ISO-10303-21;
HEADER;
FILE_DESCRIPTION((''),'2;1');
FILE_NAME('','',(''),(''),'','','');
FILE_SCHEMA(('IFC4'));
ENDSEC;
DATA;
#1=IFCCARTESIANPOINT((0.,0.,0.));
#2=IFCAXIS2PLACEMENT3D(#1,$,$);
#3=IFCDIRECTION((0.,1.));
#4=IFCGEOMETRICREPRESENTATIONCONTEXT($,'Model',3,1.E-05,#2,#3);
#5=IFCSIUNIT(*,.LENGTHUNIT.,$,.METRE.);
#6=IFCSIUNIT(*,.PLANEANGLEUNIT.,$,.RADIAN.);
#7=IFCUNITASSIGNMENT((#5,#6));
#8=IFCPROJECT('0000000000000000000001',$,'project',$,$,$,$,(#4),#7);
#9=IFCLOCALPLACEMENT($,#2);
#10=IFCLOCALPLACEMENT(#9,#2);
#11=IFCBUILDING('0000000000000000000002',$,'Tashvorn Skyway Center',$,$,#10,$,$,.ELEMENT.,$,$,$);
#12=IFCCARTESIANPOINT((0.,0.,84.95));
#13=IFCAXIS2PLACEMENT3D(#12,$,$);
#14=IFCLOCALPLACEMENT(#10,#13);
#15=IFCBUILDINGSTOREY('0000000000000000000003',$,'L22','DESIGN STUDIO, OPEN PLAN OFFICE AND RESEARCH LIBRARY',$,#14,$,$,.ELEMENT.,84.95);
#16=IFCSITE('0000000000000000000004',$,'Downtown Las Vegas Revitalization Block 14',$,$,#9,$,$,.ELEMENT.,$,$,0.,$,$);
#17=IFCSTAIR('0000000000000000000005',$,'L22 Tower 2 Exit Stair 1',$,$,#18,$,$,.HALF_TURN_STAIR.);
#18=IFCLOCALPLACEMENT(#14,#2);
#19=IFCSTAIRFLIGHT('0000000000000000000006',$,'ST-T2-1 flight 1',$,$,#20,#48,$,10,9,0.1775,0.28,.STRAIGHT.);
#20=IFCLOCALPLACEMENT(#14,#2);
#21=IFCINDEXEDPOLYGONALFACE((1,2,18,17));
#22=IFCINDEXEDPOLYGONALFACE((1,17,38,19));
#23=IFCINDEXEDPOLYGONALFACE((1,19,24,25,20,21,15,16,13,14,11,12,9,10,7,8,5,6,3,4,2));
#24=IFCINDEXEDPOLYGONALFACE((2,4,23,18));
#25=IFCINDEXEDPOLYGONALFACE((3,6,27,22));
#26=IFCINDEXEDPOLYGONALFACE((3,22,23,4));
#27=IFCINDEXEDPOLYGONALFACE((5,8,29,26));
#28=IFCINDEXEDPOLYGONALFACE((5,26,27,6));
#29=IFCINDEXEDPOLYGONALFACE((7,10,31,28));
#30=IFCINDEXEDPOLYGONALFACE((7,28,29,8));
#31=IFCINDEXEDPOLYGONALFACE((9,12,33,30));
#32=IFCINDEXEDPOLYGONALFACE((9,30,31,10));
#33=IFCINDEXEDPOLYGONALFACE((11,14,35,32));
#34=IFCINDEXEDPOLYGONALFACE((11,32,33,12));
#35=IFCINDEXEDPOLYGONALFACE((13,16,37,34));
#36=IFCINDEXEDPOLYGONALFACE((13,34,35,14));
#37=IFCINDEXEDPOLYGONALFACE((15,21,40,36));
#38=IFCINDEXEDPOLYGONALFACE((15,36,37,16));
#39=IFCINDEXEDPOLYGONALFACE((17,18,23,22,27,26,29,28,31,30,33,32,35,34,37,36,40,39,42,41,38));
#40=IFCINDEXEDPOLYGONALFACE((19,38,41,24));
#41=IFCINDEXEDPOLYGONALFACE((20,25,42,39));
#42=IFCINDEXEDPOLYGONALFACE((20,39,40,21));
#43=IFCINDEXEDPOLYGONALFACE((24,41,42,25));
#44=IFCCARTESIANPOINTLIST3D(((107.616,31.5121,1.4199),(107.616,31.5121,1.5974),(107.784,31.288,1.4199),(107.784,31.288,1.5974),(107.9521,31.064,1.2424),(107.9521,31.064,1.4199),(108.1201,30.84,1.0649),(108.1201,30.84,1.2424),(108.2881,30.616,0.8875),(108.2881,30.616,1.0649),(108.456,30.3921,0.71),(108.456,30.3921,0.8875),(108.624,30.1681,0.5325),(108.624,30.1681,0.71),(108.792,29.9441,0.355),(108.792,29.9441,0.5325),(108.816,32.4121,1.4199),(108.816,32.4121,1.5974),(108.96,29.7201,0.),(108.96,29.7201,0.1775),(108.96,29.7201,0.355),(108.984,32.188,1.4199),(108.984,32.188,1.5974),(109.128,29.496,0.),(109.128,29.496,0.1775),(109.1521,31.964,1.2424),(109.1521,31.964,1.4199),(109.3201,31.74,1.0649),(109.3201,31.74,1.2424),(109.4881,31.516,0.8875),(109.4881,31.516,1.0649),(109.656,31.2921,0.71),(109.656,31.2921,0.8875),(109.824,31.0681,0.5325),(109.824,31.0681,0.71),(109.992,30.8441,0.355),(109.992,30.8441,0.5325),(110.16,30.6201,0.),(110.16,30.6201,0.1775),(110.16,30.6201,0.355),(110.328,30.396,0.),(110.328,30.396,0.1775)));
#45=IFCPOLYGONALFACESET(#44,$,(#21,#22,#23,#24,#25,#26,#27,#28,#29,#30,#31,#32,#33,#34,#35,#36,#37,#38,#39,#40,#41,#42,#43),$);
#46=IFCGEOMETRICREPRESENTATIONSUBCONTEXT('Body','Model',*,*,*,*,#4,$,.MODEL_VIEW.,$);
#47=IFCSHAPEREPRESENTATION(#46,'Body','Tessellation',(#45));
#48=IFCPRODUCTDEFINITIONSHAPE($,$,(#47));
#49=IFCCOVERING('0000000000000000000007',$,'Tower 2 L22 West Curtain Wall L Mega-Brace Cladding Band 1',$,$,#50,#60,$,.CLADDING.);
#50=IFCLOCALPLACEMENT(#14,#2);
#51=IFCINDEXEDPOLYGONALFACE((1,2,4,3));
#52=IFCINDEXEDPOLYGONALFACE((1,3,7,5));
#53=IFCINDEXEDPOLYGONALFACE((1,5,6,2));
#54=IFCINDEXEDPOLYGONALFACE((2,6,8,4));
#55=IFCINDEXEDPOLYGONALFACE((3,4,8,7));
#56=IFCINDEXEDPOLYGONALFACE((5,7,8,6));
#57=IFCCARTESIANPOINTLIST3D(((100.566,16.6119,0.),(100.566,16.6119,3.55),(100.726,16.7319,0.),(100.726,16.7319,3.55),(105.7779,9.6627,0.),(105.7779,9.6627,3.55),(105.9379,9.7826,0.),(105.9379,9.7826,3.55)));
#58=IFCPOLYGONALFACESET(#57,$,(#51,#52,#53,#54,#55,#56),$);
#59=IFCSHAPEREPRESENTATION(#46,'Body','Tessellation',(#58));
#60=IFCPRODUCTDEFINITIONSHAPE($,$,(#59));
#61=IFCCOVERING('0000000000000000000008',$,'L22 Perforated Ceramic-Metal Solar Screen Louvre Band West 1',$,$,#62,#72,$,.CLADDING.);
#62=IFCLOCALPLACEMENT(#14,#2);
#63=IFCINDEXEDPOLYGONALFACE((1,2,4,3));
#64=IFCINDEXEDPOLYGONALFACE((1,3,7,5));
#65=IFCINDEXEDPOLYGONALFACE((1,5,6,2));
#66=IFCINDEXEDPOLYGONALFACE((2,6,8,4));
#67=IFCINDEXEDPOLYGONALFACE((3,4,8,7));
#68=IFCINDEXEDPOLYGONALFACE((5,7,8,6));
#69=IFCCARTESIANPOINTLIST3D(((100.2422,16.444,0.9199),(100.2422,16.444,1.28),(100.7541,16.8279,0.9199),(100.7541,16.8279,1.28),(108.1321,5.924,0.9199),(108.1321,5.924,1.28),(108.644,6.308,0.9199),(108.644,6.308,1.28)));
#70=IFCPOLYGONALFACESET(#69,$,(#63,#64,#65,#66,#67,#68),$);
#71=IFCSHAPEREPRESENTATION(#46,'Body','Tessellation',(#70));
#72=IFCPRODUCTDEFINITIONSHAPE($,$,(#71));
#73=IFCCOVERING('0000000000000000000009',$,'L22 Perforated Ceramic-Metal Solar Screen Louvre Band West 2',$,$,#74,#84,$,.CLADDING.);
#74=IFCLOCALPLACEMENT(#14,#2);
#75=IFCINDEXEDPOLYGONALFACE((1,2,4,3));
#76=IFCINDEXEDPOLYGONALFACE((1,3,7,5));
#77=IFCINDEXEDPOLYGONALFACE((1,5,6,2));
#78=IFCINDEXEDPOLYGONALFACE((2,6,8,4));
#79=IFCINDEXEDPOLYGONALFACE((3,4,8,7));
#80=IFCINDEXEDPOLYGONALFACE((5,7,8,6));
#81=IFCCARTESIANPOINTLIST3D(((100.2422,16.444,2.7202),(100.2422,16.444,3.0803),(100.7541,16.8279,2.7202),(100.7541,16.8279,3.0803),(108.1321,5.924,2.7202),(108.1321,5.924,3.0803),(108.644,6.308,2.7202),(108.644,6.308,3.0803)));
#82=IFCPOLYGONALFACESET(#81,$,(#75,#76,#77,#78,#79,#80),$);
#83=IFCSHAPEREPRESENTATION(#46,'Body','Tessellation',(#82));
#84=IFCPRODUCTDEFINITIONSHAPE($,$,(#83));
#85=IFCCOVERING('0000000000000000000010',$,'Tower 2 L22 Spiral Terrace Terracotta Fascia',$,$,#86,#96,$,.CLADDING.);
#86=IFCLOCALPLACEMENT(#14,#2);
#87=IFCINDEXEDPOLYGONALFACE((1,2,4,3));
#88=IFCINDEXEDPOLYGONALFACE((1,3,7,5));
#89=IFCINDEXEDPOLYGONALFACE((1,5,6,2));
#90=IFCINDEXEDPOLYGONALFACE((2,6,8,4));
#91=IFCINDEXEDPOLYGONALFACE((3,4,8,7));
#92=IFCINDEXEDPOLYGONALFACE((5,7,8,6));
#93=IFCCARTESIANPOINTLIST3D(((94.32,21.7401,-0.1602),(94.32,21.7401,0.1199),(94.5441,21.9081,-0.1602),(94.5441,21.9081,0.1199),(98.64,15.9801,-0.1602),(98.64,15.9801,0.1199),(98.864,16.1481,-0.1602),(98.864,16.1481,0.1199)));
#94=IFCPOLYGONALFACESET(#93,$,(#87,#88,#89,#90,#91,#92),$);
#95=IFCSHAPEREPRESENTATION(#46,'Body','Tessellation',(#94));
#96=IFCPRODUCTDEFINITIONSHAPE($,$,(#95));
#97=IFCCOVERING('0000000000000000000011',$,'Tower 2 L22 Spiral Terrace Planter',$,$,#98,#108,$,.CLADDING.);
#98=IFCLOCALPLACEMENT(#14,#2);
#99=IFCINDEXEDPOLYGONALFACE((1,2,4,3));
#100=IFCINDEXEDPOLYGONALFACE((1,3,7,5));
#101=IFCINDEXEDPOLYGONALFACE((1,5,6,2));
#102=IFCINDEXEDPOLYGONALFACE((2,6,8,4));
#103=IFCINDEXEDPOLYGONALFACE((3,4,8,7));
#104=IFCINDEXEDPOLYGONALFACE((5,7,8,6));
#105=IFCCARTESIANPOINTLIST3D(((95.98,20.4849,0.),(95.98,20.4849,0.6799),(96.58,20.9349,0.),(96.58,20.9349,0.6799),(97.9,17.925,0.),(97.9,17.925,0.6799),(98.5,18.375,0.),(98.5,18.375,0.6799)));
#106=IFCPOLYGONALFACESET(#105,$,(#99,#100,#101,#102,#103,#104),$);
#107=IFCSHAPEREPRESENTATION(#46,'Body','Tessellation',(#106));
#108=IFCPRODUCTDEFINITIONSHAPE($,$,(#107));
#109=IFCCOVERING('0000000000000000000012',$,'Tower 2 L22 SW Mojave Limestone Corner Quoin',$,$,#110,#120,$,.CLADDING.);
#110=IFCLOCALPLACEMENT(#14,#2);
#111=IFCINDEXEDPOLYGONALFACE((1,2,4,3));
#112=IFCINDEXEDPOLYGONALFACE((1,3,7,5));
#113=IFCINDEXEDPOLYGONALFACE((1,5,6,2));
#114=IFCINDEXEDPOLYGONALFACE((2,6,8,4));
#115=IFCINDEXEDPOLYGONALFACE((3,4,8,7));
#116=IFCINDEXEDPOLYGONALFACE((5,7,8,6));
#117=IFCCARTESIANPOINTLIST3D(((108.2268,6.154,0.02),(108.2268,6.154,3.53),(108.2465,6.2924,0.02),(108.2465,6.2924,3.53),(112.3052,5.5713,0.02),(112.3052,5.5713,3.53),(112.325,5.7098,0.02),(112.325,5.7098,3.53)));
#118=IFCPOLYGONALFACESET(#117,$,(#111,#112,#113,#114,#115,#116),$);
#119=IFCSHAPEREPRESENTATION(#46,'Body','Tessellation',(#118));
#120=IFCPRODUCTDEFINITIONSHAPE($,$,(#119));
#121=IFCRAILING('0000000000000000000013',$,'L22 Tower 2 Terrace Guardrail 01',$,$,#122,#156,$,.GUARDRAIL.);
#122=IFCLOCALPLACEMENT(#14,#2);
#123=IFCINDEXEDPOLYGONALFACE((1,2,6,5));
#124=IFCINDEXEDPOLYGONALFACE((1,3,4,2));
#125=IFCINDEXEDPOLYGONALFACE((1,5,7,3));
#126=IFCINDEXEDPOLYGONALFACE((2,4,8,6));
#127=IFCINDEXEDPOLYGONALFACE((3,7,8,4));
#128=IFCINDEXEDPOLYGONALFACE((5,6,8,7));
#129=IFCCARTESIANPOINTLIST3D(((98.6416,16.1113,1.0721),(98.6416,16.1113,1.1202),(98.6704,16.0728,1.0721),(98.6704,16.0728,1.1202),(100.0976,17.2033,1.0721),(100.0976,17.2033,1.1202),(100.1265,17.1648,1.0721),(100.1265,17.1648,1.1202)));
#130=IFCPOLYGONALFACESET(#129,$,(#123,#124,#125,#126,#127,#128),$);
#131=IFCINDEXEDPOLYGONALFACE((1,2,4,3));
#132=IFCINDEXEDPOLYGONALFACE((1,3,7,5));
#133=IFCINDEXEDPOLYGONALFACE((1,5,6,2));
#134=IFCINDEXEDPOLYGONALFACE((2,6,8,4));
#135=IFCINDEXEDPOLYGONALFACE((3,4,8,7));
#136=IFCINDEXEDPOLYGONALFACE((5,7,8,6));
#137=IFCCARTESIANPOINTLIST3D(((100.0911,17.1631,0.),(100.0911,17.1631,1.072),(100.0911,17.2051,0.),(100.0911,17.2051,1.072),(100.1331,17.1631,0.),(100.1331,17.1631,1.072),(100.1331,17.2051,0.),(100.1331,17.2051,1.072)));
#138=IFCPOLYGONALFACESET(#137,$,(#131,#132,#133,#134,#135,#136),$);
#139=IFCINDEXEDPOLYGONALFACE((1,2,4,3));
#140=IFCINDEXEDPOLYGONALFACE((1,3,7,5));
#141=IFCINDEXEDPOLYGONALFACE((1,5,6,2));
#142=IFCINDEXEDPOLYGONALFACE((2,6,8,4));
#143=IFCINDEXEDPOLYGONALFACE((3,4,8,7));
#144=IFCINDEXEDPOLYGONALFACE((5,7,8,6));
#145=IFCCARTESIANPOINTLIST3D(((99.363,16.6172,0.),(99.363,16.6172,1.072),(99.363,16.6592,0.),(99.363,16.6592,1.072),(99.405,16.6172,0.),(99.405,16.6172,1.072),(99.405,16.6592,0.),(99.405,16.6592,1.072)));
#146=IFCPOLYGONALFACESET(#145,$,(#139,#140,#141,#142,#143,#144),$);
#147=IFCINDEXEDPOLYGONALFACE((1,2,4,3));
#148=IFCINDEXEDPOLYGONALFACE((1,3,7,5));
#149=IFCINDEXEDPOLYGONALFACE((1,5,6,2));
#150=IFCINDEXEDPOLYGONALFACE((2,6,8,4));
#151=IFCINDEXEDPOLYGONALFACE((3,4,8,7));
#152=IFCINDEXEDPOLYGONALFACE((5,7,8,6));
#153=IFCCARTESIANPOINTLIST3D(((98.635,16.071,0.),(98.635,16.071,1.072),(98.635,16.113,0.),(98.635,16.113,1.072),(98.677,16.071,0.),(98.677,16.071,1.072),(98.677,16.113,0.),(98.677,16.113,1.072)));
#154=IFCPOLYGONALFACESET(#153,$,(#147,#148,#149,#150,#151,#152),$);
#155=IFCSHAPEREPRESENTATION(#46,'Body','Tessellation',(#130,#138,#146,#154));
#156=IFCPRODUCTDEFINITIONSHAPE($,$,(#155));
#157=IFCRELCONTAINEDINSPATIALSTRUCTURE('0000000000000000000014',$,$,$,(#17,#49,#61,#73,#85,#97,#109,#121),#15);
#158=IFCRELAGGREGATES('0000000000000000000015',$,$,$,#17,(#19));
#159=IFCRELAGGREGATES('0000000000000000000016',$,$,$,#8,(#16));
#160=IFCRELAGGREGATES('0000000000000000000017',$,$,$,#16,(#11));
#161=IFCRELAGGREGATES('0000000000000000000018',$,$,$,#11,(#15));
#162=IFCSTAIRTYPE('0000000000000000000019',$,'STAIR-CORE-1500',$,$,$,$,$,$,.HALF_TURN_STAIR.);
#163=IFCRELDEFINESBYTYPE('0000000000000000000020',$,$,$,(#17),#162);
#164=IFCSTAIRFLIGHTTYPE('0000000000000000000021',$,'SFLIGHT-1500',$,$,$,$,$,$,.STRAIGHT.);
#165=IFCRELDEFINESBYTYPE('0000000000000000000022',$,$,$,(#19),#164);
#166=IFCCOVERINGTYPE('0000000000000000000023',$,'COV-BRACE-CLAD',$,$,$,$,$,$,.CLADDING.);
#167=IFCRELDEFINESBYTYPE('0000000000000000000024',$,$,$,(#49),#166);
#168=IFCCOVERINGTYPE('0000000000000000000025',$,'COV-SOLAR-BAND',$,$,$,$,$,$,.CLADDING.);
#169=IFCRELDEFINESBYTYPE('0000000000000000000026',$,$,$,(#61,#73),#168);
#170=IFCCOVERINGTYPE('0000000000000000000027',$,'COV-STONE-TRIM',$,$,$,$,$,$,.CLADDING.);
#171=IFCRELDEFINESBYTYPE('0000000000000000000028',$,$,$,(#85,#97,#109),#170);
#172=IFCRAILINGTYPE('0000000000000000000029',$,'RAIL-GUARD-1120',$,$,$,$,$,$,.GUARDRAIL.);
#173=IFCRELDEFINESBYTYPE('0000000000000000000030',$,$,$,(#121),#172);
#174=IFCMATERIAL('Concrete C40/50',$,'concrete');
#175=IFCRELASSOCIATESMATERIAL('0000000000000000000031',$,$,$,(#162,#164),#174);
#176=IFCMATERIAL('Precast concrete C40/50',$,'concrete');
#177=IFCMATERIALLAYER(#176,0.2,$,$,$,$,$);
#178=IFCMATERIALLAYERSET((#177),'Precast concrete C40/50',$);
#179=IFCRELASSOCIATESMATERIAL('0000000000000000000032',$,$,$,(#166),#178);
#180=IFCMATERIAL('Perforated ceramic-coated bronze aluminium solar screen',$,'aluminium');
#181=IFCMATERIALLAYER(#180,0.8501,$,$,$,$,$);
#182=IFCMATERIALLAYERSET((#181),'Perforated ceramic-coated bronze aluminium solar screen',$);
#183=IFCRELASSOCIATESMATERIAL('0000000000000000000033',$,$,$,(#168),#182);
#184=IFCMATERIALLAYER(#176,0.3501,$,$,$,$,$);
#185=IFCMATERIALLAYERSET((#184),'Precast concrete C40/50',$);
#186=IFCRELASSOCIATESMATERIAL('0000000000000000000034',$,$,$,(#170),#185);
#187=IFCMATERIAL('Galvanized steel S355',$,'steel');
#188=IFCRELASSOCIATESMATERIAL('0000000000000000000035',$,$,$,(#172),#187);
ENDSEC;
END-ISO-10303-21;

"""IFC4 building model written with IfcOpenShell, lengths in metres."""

from ifc_helpers import new_model, si_unit, direction, frame, origin, origin_2d, place, context, subcontext, project, spatial, polyline, rectangle, outline, extrude, material, layer, layer_set, type_object, element, aggregate, save


model = new_model("IFC4")

# Units and contexts
model_context = context("Model", 3, precision=1e-05, world=origin(), true_north=direction((0.0, 1.0)))
body_context = subcontext(model_context, "Body", "Model", "MODEL_VIEW")
ifc_project = project(units=[si_unit("LENGTHUNIT", "METRE"), si_unit("PLANEANGLEUNIT", "RADIAN")], contexts=[model_context])

# Site, building, storey
site_placement = place(None, origin())
site = spatial("IfcSite", under=ifc_project, at=site_placement, Name="Downtown Las Vegas Revitalization Block 14", CompositionType="ELEMENT", RefElevation=0.0)
building_placement = place(site_placement, origin())
building = spatial("IfcBuilding", under=site, at=building_placement, Name="Tashvorn Skyway Center", CompositionType="ELEMENT")
storey_placement = place(building_placement, frame((0.0, 0.0, 84.95)))
storey = spatial("IfcBuildingStorey", under=building, at=storey_placement, Name="L22", Description="DESIGN STUDIO, OPEN PLAN OFFICE AND RESEARCH LIBRARY", CompositionType="ELEMENT", Elevation=84.95)

# Shared definitions
ifc_material_1 = material(Name="Precast concrete C40/50", Category="concrete")

# Shared definitions
ifc_material_2 = material(Name="Concrete C40/50", Category="concrete")

# Stair, stair flight
stair_type = type_object("IfcStairType", Name="STAIR-CORE-1500", PredefinedType="HALF_TURN_STAIR", material=ifc_material_2)
stair_placement = place(storey_placement, origin())
stair = element("IfcStair", 1, at=stair_placement, inside=storey, type_object=stair_type, Name="L22 Tower 2 Exit Stair 1", PredefinedType="HALF_TURN_STAIR")
stair_flight_type = type_object("IfcStairFlightType", Name="SFLIGHT-1500", PredefinedType="STRAIGHT", material=ifc_material_2)
stair_flight_placement = place(storey_placement, frame((109.728, 29.946, 0.0), z_axis=(0.0, 0.0, 1.0), x_axis=(-0.6, 0.8, 0.0)))
stair_flight = element("IfcStairFlight", 2, at=stair_flight_placement, type_object=stair_flight_type, Name="ST-T2-1 flight 1", NumberOfRisers=10, NumberOfTreads=9, PredefinedType="STRAIGHT", RiserHeight=0.1775, TreadLength=0.28, context=body_context, shape_type="SweptSolid", body=[
    extrude(outline(polyline([(0.0, 0.0), (0.0, 0.1775), (0.28, 0.1775), (0.28, 0.355), (0.5601, 0.355), (0.5601, 0.5325), (0.8401, 0.5325), (0.8401, 0.71), (1.1201, 0.71), (1.1201, 0.8875), (1.3999, 0.8875), (1.3999, 1.0649), (1.6799, 1.0649), (1.6799, 1.2424), (1.96, 1.2424), (1.96, 1.4199), (2.24, 1.4199), (2.24, 1.5974), (2.52, 1.5974), (2.52, 1.7749), (2.52, 1.4199), (0.28, 0.0), (0.0, 0.0)])), frame((0.0, 0.75, 0.0), z_axis=(0.0, -1.0, 0.0), x_axis=(1.0, 0.0, 0.0)), (0.0, 0.0, 1.0), 1.5),
])
aggregate(stair, [stair_flight])

# Coverings
ifc_layer_1 = layer(ifc_material_1, 0.2)
ifc_layer_set_1 = layer_set([ifc_layer_1], Name="Precast concrete C40/50")
covering_type_1 = type_object("IfcCoveringType", Name="COV-BRACE-CLAD", PredefinedType="CLADDING", material=ifc_layer_set_1)
covering_1_placement = place(storey_placement, frame((103.252, 13.1973, 0.0), z_axis=(0.0, 0.0, 1.0), x_axis=(-0.6, 0.8, 0.0)))
element("IfcCovering", 3, at=covering_1_placement, inside=storey, type_object=covering_type_1, Name="Tower 2 L22 West Curtain Wall L Mega-Brace Cladding Band 1", PredefinedType="CLADDING", context=body_context, shape_type="SweptSolid", body=[
    extrude(rectangle(XDim=8.6865, YDim=0.2, at=origin_2d()), origin(), (0.0, 0.0, 1.0), 3.55),
])
ifc_material_3 = material(Name="Perforated ceramic-coated bronze aluminium solar screen", Category="aluminium")
ifc_layer_2 = layer(ifc_material_3, 0.8501)
ifc_layer_set_2 = layer_set([ifc_layer_2], Name="Perforated ceramic-coated bronze aluminium solar screen")
covering_type_2 = type_object("IfcCoveringType", Name="COV-SOLAR-BAND", PredefinedType="CLADDING", material=ifc_layer_set_2)
for number, where, z_axis, x_axis, name in (
    (4, (104.4431, 11.376, 0.9199), (0.0, 0.0, 1.0), (-0.6, 0.8, 0.0), "L22 Perforated Ceramic-Metal Solar Screen Louvre Band West 1"),
    (5, (104.4431, 11.376, 2.7202), (0.0, 0.0, 1.0), (-0.6, 0.8, 0.0), "L22 Perforated Ceramic-Metal Solar Screen Louvre Band West 2"),
):
    element("IfcCovering", number, at=place(storey_placement, frame(where, z_axis=z_axis, x_axis=x_axis)), inside=storey, type_object=covering_type_2, Name=name, PredefinedType="CLADDING", context=body_context, shape_type="SweptSolid", body=[
        extrude(rectangle(XDim=13.1499, YDim=0.6399, at=origin_2d()), origin(), (0.0, 0.0, 1.0), 0.3601),
    ])
ifc_layer_3 = layer(ifc_material_1, 0.3501)
ifc_layer_set_3 = layer_set([ifc_layer_3], Name="Precast concrete C40/50")
covering_type_3 = type_object("IfcCoveringType", Name="COV-STONE-TRIM", PredefinedType="CLADDING", material=ifc_layer_set_3)
covering_2_placement = place(storey_placement, frame((96.592, 18.9441, -0.1602), z_axis=(0.0, 0.0, 1.0), x_axis=(-0.6, 0.8, 0.0)))
element("IfcCovering", 6, at=covering_2_placement, inside=storey, type_object=covering_type_3, Name="Tower 2 L22 Spiral Terrace Terracotta Fascia", PredefinedType="CLADDING", context=body_context, shape_type="SweptSolid", body=[
    extrude(rectangle(XDim=7.2, YDim=0.28, at=origin_2d()), origin(), (0.0, 0.0, 1.0), 0.28),
])
covering_3_placement = place(storey_placement, frame((97.24, 19.4299, 0.0), z_axis=(0.0, 0.0, 1.0), x_axis=(-0.6, 0.8, 0.0)))
element("IfcCovering", 7, at=covering_3_placement, inside=storey, type_object=covering_type_3, Name="Tower 2 L22 Spiral Terrace Planter", PredefinedType="CLADDING", context=body_context, shape_type="SweptSolid", body=[
    extrude(rectangle(XDim=3.2, YDim=0.75, at=origin_2d()), origin(), (0.0, 0.0, 1.0), 0.6799),
])
covering_4_placement = place(storey_placement, frame((110.2759, 5.9319, 0.02), z_axis=(0.0, 0.0, 1.0), x_axis=(-0.989949, 0.141421, 0.0)))
element("IfcCovering", 8, at=covering_4_placement, inside=storey, type_object=covering_type_3, Name="Tower 2 L22 SW Mojave Limestone Corner Quoin", PredefinedType="CLADDING", context=body_context, shape_type="SweptSolid", body=[
    extrude(rectangle(XDim=4.1199, YDim=0.1399, at=origin_2d()), origin(), (0.0, 0.0, 1.0), 3.51),
])

# Railing
ifc_material_4 = material(Name="Galvanized steel S355", Category="steel")
railing_type_1 = type_object("IfcRailingType", Name="RAIL-GUARD-1120", PredefinedType="GUARDRAIL", material=ifc_material_4)
railing_1_placement = place(storey_placement, frame((100.1121, 17.1841, 0.0)))
element("IfcRailing", 9, at=railing_1_placement, inside=storey, type_object=railing_type_1, Name="L22 Tower 2 Terrace Guardrail 01", PredefinedType="GUARDRAIL", context=body_context, shape_type="SweptSolid", body=[
    extrude(rectangle(XDim=0.0481, YDim=0.0481, at=origin_2d()), frame((0.0, 0.0, 1.0962), z_axis=(-0.8, -0.6, 0.0), x_axis=(0.6, -0.8, 0.0)), (0.0, 0.0, 1.0), 1.8201),
    extrude(rectangle(XDim=0.042, YDim=0.042, at=origin_2d()), origin(), (0.0, 0.0, 1.0), 1.072),
    extrude(rectangle(XDim=0.042, YDim=0.042, at=origin_2d()), frame((-0.728, -0.5459, 0.0)), (0.0, 0.0, 1.0), 1.072),
    extrude(rectangle(XDim=0.042, YDim=0.042, at=origin_2d()), frame((-1.4561, -1.092, 0.0)), (0.0, 0.0, 1.0), 1.072),
])

save(model, "model.ifc")
